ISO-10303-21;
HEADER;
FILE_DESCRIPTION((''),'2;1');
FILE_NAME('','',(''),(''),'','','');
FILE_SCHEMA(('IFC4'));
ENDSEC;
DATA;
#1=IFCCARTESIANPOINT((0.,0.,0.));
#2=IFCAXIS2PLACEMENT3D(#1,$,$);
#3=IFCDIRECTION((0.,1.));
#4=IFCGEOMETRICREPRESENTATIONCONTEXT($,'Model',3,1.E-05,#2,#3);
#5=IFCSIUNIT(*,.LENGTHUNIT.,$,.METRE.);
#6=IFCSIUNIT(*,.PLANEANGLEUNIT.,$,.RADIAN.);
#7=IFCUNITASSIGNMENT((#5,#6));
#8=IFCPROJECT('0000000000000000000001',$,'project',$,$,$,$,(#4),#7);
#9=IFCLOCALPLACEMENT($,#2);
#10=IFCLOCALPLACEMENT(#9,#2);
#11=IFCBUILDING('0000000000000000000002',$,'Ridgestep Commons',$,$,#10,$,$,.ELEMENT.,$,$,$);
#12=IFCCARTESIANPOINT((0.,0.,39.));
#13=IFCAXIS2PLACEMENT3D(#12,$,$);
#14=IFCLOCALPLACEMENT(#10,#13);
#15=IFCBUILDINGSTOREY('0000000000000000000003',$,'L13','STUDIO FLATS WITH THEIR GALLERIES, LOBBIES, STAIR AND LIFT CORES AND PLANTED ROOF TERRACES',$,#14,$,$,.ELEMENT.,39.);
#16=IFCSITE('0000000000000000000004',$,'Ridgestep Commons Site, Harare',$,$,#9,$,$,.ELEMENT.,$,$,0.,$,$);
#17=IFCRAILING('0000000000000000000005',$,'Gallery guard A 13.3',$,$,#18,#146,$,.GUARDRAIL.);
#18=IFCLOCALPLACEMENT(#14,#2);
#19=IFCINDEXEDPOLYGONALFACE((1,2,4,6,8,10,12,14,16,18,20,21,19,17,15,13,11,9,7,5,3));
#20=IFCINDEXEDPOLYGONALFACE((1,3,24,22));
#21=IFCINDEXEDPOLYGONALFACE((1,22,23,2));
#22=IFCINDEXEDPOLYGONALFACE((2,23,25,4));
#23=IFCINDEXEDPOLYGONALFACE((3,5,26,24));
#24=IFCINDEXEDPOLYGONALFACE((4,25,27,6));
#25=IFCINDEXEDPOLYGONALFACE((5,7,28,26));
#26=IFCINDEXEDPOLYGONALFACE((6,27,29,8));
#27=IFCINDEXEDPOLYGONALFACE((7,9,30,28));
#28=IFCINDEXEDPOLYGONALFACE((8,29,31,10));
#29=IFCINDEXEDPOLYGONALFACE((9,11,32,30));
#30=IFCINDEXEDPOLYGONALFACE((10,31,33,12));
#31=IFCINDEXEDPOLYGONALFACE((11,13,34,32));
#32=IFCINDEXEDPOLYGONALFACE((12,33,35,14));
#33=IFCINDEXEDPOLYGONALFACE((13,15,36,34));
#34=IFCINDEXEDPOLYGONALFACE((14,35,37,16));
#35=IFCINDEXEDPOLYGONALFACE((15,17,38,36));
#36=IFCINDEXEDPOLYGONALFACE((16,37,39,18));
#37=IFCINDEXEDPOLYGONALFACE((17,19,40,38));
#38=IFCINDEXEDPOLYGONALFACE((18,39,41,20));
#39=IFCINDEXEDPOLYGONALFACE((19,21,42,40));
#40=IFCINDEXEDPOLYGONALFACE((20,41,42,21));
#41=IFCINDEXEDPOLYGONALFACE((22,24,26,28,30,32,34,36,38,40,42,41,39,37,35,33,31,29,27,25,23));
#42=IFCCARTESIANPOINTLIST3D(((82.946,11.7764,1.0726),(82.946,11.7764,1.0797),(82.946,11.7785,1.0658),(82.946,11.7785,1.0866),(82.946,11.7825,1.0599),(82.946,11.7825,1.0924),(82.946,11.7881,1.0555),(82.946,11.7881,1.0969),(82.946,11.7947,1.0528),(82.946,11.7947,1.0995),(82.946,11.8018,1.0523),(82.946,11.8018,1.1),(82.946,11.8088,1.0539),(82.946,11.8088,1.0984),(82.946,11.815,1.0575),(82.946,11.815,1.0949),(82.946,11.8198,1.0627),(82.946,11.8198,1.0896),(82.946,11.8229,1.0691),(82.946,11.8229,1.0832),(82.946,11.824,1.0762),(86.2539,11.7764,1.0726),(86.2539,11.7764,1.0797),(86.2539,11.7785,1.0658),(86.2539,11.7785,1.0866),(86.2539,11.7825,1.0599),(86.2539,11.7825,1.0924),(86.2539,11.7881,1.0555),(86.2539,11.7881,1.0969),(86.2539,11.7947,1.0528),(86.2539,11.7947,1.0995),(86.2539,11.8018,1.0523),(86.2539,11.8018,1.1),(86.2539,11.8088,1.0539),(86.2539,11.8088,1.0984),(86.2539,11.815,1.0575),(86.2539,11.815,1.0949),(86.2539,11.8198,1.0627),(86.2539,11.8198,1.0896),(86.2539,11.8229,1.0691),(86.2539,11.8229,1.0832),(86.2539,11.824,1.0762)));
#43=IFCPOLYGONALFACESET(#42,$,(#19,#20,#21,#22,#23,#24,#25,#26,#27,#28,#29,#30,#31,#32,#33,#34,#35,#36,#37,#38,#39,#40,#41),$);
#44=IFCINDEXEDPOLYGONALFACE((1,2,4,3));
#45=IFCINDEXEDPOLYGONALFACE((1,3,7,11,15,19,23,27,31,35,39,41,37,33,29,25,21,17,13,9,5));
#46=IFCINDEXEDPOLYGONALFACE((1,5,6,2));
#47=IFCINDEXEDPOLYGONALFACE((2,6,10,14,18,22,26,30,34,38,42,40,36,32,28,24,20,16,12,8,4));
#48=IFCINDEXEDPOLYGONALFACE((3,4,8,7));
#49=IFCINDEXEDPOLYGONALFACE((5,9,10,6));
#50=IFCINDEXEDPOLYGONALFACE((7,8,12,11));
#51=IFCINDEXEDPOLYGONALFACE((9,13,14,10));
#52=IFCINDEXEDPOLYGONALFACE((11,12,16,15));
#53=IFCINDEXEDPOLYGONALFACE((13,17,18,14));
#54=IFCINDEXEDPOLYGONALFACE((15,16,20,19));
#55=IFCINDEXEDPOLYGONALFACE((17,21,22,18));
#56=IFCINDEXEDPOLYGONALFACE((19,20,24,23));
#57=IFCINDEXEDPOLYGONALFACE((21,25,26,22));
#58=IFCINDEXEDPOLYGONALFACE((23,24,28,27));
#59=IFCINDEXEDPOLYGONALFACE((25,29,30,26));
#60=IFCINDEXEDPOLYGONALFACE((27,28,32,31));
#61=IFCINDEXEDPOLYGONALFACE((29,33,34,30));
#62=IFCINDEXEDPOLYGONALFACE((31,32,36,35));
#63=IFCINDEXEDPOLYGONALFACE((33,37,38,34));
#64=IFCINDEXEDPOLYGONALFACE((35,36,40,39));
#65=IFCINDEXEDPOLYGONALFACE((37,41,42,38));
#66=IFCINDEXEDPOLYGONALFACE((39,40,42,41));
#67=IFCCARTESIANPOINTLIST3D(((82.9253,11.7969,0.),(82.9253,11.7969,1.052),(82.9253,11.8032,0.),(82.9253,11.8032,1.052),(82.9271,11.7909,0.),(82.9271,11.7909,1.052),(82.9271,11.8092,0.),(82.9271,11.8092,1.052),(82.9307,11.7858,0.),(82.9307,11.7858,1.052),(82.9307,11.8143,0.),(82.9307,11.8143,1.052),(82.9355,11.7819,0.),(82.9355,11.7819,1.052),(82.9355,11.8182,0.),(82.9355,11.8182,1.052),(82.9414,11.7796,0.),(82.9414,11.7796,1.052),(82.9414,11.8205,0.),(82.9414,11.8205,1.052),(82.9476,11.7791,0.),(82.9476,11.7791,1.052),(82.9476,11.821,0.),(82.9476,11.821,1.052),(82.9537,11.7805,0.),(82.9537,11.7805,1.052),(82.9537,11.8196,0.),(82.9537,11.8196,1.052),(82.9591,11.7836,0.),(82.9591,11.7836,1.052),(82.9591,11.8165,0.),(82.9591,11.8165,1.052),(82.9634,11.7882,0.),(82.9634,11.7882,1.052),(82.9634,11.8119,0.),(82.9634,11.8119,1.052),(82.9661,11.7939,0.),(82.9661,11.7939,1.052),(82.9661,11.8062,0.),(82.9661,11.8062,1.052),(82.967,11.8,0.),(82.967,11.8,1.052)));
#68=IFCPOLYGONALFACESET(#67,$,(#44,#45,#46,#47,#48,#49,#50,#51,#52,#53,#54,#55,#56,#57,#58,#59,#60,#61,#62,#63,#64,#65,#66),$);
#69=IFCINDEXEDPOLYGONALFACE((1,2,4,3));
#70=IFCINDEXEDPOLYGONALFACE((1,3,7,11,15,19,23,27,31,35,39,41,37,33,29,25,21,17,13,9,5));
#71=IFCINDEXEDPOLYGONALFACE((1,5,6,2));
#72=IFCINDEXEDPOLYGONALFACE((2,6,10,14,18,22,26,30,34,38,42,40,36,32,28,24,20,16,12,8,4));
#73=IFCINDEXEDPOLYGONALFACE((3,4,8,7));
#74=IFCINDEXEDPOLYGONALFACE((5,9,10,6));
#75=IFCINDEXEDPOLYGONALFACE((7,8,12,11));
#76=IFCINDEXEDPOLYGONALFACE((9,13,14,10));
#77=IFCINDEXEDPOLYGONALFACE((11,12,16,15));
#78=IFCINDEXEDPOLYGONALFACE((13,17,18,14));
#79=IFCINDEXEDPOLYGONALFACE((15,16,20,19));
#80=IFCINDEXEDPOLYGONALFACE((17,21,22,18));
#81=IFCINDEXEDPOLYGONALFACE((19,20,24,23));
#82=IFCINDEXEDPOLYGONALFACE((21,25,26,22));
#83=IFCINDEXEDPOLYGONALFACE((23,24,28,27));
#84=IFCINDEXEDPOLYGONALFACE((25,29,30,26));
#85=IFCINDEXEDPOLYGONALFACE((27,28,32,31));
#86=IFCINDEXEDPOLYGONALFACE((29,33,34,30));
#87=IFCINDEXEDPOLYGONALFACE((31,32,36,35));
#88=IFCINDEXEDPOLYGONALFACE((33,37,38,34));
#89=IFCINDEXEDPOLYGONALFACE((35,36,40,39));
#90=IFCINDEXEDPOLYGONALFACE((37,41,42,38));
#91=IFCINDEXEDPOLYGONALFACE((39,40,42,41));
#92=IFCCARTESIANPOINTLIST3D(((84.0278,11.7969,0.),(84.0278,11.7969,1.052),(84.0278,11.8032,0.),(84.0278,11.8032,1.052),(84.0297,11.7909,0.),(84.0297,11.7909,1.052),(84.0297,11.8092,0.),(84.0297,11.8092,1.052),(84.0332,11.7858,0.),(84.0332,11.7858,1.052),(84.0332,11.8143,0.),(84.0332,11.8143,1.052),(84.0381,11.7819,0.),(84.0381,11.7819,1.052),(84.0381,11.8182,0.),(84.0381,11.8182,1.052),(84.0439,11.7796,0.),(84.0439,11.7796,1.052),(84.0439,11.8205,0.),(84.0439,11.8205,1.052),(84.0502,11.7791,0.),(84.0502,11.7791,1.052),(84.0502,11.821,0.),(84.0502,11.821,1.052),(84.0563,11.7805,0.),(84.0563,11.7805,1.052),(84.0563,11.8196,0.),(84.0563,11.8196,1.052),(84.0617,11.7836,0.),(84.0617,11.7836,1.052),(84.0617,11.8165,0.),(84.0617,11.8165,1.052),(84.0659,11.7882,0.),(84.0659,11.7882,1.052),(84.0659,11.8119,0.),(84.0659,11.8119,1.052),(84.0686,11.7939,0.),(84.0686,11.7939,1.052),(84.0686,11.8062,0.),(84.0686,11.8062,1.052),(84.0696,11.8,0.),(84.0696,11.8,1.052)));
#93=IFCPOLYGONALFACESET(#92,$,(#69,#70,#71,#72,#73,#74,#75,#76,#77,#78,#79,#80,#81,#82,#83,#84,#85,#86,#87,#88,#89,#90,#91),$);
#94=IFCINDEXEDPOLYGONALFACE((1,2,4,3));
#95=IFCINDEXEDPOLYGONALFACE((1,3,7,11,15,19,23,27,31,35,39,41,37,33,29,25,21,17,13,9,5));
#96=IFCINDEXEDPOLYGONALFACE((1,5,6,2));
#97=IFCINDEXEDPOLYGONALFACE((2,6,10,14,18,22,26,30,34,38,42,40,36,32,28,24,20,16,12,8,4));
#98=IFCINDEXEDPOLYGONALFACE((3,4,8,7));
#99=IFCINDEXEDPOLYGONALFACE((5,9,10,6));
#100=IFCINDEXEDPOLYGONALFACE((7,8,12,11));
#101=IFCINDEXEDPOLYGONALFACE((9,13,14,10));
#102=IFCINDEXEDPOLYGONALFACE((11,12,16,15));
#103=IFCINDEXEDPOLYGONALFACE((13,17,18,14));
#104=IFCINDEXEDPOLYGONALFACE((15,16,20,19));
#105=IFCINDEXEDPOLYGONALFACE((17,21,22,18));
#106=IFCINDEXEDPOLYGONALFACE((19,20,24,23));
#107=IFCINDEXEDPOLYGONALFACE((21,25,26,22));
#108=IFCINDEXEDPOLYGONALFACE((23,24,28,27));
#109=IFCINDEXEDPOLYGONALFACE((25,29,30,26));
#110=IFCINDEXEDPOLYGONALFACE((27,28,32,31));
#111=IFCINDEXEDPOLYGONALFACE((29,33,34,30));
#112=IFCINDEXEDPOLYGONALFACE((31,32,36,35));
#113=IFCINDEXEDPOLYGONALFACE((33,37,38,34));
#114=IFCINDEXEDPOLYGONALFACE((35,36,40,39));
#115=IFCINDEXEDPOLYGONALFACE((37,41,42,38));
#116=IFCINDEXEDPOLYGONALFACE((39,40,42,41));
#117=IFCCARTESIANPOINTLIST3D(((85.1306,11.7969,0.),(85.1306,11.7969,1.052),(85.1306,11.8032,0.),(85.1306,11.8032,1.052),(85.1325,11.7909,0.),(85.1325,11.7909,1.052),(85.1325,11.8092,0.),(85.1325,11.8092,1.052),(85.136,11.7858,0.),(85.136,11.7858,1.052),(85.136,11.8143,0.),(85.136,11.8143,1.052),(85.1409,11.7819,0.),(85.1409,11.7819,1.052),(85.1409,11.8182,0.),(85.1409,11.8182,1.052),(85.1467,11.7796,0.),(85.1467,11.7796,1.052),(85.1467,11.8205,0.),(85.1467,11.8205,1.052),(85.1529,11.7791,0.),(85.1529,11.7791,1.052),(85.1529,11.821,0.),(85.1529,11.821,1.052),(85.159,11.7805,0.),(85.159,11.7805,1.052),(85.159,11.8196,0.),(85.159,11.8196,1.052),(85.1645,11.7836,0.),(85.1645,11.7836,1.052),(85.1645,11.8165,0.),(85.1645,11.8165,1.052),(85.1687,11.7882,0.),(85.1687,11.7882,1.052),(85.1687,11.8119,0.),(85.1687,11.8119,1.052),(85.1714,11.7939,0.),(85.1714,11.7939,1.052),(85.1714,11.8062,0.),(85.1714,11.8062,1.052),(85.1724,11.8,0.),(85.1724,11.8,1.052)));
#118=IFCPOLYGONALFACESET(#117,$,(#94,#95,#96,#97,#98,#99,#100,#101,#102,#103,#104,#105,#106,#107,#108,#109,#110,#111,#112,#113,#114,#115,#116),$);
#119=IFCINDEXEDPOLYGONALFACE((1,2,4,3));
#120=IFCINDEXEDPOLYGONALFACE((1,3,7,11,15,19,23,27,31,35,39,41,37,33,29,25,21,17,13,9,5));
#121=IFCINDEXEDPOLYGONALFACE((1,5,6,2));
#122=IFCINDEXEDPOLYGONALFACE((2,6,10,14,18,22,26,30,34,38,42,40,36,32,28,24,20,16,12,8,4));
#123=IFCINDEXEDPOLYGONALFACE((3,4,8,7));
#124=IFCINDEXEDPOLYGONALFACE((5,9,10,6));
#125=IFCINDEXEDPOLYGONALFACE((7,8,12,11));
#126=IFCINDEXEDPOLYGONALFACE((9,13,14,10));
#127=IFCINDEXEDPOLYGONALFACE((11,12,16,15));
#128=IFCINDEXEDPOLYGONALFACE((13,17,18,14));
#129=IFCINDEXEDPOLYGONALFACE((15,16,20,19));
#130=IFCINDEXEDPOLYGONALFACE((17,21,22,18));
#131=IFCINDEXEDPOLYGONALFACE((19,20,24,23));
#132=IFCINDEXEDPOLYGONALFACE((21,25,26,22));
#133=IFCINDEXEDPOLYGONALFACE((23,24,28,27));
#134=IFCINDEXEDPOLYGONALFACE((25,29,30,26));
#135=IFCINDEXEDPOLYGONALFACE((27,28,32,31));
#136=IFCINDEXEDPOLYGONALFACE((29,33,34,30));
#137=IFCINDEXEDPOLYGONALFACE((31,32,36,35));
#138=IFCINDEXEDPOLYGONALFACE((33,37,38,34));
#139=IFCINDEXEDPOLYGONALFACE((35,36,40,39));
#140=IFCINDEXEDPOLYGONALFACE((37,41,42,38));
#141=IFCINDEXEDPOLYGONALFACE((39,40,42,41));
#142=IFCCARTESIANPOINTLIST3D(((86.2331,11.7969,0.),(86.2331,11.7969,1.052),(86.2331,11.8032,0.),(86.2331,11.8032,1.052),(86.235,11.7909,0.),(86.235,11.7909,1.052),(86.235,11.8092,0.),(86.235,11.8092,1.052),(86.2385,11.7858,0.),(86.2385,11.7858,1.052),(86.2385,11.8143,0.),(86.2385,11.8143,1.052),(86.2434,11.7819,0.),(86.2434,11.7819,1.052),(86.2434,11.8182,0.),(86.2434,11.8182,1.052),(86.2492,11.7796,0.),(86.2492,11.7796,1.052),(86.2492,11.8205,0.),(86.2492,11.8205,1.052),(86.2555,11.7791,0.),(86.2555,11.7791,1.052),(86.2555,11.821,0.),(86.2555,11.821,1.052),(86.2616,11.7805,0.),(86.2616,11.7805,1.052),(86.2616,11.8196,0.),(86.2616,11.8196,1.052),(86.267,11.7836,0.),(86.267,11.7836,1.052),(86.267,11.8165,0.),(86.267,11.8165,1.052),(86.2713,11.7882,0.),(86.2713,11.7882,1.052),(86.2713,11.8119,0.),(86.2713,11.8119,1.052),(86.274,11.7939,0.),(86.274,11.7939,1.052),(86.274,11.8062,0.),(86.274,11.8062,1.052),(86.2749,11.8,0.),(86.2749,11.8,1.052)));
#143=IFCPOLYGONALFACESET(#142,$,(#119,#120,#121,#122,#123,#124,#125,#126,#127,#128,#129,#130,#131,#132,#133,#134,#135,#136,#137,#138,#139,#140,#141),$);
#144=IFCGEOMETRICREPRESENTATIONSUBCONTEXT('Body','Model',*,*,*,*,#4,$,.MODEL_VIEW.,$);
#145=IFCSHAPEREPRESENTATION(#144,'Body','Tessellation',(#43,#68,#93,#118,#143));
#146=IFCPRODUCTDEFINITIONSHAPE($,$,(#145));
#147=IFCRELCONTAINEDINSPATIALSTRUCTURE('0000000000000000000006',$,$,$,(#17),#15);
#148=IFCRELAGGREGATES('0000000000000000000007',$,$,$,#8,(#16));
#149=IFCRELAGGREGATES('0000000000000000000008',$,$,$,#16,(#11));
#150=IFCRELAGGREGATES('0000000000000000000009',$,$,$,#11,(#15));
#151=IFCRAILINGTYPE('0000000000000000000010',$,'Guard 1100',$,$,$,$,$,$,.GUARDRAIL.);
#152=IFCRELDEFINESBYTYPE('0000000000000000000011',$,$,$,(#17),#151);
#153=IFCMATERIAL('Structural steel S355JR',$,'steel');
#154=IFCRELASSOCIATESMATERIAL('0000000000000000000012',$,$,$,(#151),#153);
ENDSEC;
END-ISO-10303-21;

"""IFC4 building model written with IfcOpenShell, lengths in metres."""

from ifc_helpers import new_model, si_unit, direction, frame, origin, origin_2d, place, context, subcontext, project, spatial, circle, extrude, material, type_object, element, save


model = new_model("IFC4")

# Units and contexts
model_context = context("Model", 3, precision=1e-05, world=origin(), true_north=direction((0.0, 1.0)))
body_context = subcontext(model_context, "Body", "Model", "MODEL_VIEW")
ifc_project = project(units=[si_unit("LENGTHUNIT", "METRE"), si_unit("PLANEANGLEUNIT", "RADIAN")], contexts=[model_context])

# Site, building, storey
site_placement = place(None, origin())
site = spatial("IfcSite", under=ifc_project, at=site_placement, Name="Ridgestep Commons Site, Harare", CompositionType="ELEMENT", RefElevation=0.0)
building_placement = place(site_placement, origin())
building = spatial("IfcBuilding", under=site, at=building_placement, Name="Ridgestep Commons", CompositionType="ELEMENT")
storey_placement = place(building_placement, frame((0.0, 0.0, 39.0)))
storey = spatial("IfcBuildingStorey", under=building, at=storey_placement, Name="L13", Description="STUDIO FLATS WITH THEIR GALLERIES, LOBBIES, STAIR AND LIFT CORES AND PLANTED ROOF TERRACES", CompositionType="ELEMENT", Elevation=39.0)

# Railing
ifc_material_1 = material(Name="Structural steel S355JR", Category="steel")
railing_type = type_object("IfcRailingType", Name="Guard 1100", PredefinedType="GUARDRAIL", material=ifc_material_1)
railing_placement = place(storey_placement, frame((82.946, 11.8, 0.0)))
element("IfcRailing", 1, at=railing_placement, inside=storey, type_object=railing_type, Name="Gallery guard A 13.3", PredefinedType="GUARDRAIL", context=body_context, shape_type="SweptSolid", body=[
    extrude(circle(Radius=0.0239, at=origin_2d()), frame((0.0, 0.0, 1.0762), z_axis=(1.0, 0.0, 0.0), x_axis=(0.0, 1.0, 0.0)), (0.0, 0.0, 1.0), 3.3079),
    extrude(circle(Radius=0.021, at=origin_2d()), origin(), (0.0, 0.0, 1.0), 1.052),
    extrude(circle(Radius=0.021, at=origin_2d()), frame((1.1025, 0.0, 0.0)), (0.0, 0.0, 1.0), 1.052),
    extrude(circle(Radius=0.021, at=origin_2d()), frame((2.2053, 0.0, 0.0)), (0.0, 0.0, 1.0), 1.052),
    extrude(circle(Radius=0.021, at=origin_2d()), frame((3.3079, 0.0, 0.0)), (0.0, 0.0, 1.0), 1.052),
])

save(model, "model.ifc")
